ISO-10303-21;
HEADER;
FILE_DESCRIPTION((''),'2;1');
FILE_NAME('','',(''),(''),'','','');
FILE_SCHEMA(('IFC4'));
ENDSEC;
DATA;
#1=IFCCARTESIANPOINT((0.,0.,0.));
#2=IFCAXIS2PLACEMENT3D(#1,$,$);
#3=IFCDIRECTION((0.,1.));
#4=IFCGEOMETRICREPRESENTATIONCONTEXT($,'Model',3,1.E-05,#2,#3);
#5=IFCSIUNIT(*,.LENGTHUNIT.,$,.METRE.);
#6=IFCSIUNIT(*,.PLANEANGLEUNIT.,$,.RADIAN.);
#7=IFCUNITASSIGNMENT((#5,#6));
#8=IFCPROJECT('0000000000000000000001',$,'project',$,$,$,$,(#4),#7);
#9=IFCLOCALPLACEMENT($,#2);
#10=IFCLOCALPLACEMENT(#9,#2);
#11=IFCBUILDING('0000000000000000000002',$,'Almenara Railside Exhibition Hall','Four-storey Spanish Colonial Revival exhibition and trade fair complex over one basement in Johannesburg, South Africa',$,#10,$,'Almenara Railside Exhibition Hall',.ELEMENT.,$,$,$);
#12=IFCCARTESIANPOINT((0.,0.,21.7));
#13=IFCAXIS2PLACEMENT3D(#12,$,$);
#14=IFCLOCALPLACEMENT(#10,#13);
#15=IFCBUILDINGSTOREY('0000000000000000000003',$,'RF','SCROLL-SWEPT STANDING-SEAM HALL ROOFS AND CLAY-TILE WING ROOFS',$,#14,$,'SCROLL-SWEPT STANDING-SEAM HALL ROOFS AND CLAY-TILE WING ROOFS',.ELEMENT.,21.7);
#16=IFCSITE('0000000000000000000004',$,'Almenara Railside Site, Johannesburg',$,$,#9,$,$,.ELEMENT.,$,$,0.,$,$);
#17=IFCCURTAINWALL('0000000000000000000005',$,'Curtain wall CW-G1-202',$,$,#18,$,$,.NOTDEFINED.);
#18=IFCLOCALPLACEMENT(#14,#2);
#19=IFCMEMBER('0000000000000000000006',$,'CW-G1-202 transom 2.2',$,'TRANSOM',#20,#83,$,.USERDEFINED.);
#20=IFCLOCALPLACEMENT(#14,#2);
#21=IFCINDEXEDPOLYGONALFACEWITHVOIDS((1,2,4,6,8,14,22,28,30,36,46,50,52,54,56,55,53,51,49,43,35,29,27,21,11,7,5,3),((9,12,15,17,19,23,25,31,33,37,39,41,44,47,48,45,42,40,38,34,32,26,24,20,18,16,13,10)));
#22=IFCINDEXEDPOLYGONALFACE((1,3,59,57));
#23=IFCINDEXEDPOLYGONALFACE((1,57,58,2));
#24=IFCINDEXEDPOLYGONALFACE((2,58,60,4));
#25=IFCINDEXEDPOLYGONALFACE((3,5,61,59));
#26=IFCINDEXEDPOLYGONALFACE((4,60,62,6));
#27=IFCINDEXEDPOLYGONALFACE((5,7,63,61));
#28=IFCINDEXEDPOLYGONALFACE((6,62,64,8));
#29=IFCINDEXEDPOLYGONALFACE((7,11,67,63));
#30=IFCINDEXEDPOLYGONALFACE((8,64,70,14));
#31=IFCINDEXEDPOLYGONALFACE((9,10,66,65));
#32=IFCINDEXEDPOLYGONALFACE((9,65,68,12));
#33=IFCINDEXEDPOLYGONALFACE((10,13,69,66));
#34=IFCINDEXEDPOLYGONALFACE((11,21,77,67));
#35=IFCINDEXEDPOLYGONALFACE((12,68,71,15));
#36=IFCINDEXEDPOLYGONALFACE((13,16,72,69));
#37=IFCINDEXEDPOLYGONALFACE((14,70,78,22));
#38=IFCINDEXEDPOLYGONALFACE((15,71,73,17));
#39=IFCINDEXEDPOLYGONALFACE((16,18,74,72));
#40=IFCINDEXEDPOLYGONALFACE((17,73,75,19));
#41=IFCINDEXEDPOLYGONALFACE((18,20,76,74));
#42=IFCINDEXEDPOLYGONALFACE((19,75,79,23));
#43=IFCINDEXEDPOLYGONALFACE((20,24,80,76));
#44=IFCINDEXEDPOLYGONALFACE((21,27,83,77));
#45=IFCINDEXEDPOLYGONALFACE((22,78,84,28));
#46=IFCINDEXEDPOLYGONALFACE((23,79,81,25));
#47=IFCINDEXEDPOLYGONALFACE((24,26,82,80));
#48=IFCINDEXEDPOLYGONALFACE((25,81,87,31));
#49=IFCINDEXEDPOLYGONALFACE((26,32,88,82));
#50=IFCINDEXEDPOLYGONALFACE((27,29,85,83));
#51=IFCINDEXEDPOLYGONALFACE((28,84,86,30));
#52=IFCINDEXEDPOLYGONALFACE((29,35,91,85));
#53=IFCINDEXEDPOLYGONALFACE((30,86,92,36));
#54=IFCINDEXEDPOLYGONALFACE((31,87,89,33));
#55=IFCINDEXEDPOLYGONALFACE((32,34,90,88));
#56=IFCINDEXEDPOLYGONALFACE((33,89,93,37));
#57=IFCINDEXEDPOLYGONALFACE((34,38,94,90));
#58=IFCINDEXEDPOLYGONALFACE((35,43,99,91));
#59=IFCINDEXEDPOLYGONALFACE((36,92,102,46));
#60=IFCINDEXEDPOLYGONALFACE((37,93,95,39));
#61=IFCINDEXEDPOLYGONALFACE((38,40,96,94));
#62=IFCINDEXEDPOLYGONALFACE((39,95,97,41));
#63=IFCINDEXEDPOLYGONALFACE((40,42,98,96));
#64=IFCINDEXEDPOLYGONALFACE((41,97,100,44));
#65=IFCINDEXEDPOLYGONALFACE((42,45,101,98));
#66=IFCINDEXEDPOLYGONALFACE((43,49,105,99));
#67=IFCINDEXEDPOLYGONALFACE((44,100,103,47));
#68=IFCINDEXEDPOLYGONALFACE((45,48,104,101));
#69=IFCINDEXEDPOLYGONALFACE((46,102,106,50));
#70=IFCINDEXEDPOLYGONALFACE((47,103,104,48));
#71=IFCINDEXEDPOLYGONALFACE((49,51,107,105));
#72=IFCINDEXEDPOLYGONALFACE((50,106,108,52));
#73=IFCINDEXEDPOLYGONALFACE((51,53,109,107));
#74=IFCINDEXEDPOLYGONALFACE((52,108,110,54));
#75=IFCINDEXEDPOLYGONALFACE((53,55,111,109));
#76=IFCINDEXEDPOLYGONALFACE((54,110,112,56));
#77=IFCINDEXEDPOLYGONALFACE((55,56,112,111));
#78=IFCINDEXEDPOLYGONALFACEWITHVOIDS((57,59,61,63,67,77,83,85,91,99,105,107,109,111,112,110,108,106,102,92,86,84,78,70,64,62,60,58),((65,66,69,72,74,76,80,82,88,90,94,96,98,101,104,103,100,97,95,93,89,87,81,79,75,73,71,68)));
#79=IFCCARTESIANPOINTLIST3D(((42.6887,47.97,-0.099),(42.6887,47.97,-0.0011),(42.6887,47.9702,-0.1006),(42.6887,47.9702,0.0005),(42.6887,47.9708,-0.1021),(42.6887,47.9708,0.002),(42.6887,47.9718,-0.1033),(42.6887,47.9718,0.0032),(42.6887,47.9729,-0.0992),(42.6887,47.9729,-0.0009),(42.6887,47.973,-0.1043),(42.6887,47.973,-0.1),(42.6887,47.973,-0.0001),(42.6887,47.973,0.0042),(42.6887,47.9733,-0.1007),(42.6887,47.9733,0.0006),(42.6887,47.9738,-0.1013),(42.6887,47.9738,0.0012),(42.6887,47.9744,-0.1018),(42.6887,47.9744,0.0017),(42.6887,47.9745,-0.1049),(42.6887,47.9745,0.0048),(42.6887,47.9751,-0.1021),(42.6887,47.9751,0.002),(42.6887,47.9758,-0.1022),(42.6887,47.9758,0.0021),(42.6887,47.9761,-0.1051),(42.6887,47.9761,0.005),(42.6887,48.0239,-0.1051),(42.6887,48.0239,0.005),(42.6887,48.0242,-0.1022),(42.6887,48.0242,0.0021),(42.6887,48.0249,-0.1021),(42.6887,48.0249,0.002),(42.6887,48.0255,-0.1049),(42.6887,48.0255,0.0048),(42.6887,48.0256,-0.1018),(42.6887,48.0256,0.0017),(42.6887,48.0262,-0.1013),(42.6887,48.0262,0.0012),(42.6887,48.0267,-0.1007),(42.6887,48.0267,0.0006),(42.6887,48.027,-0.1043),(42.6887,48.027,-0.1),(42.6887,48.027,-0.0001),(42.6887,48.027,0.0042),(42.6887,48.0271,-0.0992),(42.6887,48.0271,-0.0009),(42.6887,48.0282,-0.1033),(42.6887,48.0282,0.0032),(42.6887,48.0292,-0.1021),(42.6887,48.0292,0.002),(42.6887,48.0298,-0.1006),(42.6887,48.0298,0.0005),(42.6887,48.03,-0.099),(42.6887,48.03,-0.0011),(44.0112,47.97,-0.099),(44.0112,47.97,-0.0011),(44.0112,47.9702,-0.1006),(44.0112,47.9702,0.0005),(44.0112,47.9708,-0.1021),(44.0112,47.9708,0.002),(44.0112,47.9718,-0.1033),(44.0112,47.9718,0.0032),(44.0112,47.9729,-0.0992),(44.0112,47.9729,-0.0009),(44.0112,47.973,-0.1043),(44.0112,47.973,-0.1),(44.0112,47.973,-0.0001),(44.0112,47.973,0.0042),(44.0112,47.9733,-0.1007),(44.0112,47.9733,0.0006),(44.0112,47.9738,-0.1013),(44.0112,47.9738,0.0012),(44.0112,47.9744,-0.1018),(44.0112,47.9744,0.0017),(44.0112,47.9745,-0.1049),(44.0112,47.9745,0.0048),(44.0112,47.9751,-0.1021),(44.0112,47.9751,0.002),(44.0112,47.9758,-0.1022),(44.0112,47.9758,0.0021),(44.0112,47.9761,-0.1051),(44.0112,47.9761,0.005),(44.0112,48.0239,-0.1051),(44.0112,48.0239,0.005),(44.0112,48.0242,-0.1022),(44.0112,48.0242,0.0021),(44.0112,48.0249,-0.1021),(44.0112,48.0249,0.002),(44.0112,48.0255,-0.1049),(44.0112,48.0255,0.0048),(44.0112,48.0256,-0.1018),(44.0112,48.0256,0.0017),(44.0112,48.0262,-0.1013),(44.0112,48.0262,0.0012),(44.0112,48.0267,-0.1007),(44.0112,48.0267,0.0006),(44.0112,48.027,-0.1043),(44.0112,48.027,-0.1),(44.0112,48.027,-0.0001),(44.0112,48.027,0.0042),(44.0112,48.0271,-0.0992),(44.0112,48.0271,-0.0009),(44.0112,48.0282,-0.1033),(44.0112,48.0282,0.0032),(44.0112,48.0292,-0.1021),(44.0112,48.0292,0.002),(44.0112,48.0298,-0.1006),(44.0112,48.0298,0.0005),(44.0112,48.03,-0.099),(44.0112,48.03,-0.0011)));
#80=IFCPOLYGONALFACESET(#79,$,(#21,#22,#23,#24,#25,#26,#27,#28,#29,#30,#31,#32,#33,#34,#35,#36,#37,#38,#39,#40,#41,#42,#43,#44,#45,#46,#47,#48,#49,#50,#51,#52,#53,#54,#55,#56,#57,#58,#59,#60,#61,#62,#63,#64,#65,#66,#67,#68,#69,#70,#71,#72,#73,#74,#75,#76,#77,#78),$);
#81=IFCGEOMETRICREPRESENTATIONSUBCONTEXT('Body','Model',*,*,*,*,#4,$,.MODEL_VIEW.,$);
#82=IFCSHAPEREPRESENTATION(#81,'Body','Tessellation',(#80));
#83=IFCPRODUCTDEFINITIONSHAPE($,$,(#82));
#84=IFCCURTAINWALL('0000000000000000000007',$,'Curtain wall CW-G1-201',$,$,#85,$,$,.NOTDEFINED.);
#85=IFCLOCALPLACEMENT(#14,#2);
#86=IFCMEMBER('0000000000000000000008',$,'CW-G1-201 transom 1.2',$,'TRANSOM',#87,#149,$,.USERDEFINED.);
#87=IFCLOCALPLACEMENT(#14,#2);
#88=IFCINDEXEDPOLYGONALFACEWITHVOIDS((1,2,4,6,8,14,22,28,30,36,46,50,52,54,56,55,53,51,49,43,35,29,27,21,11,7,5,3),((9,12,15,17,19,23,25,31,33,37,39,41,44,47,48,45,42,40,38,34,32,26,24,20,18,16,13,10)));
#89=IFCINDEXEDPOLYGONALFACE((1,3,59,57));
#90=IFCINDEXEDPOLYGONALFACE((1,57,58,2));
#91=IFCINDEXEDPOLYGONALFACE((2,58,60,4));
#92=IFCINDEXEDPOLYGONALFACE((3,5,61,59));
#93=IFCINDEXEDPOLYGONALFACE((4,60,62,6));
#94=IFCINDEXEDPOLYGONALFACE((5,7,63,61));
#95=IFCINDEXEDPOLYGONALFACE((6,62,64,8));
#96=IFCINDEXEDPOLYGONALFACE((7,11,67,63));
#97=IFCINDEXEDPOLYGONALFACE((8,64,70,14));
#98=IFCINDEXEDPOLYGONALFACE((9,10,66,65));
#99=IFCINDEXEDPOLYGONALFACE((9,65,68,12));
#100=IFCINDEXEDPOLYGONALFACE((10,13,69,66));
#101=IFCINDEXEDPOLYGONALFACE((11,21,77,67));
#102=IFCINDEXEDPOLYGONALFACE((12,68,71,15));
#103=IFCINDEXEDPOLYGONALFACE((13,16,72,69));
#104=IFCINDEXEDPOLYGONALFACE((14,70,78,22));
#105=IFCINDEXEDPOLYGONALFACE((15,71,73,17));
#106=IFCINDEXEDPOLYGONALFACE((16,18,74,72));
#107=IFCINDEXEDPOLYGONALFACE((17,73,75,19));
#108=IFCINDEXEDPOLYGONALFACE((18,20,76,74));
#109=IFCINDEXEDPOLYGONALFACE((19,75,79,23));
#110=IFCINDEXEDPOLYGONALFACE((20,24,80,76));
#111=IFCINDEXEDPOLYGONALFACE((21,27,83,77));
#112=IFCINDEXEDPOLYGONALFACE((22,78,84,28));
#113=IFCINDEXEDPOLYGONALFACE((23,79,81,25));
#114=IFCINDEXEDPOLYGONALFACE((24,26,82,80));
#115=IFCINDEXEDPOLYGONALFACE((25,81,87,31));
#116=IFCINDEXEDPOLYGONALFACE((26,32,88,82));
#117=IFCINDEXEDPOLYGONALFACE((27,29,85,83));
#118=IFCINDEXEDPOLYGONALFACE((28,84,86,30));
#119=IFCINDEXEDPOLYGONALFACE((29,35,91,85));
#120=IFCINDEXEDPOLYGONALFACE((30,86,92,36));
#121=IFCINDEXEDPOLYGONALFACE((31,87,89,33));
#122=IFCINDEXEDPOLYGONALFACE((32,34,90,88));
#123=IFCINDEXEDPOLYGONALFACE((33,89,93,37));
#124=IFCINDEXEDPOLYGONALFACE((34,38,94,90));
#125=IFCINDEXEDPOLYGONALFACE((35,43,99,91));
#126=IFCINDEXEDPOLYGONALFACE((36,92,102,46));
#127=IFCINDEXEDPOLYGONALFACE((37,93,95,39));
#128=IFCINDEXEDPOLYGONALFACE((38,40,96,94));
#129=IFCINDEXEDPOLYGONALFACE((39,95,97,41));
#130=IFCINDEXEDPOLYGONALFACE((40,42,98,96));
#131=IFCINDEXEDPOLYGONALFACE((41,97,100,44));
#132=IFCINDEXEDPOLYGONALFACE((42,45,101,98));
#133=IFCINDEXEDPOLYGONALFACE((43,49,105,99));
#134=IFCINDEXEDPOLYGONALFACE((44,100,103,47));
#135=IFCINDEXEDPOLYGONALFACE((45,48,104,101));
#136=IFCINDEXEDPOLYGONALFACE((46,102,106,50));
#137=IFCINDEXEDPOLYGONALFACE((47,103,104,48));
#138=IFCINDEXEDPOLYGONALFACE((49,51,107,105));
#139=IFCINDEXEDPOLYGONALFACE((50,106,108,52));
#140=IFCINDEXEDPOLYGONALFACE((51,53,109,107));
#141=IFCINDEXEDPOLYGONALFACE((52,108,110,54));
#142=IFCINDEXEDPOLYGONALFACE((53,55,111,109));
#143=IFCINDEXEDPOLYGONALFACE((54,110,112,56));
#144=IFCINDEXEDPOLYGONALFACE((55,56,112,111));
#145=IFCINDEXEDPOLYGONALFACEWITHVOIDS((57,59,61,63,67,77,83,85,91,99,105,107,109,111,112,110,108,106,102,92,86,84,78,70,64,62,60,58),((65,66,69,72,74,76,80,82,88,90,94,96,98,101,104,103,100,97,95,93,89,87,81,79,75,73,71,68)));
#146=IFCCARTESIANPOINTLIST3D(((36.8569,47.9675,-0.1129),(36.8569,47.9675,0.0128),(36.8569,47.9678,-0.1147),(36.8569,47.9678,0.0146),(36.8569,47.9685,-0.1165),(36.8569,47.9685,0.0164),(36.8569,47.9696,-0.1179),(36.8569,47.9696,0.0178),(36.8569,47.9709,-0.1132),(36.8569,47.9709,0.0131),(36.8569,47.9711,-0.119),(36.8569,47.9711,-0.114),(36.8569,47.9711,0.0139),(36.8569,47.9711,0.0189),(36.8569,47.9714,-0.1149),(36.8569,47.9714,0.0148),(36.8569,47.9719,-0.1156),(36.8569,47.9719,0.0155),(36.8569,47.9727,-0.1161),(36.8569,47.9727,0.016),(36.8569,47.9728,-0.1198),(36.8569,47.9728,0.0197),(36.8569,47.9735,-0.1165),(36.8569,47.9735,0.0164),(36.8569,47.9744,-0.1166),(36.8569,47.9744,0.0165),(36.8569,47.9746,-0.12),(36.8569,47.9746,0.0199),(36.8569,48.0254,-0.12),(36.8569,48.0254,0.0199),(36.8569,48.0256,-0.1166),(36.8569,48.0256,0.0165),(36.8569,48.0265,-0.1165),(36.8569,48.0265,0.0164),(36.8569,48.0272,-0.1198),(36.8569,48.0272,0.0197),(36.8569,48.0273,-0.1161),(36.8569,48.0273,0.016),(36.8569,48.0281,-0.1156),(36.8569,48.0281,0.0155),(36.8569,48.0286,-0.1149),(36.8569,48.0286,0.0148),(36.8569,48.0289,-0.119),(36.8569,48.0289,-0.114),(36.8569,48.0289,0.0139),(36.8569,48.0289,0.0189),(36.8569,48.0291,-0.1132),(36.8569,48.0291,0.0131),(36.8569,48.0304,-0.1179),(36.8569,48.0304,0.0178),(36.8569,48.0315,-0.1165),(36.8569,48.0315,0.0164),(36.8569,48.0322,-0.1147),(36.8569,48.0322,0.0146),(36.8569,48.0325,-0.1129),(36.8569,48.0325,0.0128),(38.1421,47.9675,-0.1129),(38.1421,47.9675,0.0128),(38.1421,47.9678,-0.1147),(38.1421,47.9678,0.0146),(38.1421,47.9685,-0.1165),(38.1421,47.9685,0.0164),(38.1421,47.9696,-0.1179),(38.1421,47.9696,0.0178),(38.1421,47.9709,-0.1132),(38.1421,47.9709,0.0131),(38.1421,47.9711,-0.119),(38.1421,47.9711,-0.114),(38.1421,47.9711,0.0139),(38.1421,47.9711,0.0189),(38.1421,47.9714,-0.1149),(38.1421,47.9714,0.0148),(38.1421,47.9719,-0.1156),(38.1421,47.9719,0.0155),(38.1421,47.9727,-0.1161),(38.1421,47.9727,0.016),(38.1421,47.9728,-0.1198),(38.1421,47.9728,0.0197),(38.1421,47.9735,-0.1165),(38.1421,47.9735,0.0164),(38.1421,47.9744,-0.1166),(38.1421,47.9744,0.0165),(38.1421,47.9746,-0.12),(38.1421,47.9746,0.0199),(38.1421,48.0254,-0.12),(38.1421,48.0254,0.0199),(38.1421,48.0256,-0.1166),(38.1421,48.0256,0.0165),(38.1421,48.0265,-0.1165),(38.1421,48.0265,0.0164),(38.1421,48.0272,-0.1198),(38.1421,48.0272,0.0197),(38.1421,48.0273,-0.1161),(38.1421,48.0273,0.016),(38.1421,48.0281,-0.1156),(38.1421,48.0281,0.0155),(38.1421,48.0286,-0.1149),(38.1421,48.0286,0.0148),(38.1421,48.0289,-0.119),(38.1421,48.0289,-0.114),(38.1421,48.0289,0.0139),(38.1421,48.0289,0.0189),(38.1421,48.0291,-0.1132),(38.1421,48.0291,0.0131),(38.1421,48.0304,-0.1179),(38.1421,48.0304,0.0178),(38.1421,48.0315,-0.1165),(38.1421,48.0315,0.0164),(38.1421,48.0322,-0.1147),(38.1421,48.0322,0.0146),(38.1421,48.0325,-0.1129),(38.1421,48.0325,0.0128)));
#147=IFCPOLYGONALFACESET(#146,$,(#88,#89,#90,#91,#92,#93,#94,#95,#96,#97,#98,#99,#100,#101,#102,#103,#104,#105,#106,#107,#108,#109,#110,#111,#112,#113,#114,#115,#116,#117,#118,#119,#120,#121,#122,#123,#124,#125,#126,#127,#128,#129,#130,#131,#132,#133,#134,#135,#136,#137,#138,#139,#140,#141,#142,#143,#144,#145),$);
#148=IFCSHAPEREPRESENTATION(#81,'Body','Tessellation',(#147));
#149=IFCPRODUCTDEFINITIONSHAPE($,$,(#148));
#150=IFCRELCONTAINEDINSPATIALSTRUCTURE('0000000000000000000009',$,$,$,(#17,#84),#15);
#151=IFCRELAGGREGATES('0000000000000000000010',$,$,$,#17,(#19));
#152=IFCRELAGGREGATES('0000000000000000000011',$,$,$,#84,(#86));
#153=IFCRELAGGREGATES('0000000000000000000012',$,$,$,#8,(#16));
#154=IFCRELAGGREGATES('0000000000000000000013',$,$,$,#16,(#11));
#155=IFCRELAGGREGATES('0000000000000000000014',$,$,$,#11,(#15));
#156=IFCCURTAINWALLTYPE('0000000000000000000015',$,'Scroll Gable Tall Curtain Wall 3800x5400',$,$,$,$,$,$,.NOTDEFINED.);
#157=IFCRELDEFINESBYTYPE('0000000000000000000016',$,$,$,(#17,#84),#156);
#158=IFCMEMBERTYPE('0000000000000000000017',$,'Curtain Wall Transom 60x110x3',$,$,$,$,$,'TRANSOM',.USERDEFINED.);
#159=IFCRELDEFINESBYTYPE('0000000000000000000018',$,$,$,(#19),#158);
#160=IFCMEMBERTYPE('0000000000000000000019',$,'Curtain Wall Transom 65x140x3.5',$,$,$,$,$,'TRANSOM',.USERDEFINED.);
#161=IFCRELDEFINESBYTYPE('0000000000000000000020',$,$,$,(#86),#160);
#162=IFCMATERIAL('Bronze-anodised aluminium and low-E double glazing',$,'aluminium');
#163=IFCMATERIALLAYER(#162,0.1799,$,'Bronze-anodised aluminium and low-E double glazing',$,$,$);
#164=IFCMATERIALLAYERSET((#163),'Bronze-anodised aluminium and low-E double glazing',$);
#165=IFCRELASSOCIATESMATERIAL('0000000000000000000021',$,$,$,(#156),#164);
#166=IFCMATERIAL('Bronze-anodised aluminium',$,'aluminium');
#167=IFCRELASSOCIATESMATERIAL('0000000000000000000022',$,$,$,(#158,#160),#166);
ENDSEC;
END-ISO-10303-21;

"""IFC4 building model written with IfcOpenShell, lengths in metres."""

from ifc_helpers import new_model, si_unit, direction, frame, origin, origin_2d, place, context, subcontext, project, spatial, hollow_rectangle, extrude, material, layer, layer_set, material_profile, profile_set, type_object, element, aggregate, save


model = new_model("IFC4")

# Units and contexts
model_context = context("Model", 3, precision=1e-05, world=origin(), true_north=direction((0.0, 1.0)))
body_context = subcontext(model_context, "Body", "Model", "MODEL_VIEW")
ifc_project = project(units=[si_unit("LENGTHUNIT", "METRE"), si_unit("PLANEANGLEUNIT", "RADIAN")], contexts=[model_context])

# Site, building, storey
site_placement = place(None, origin())
site = spatial("IfcSite", under=ifc_project, at=site_placement, Name="Almenara Railside Site, Johannesburg", CompositionType="ELEMENT", RefElevation=0.0)
building_placement = place(site_placement, origin())
building = spatial("IfcBuilding", under=site, at=building_placement, Name="Almenara Railside Exhibition Hall", Description="Four-storey Spanish Colonial Revival exhibition and trade fair complex over one basement in Johannesburg, South Africa", LongName="Almenara Railside Exhibition Hall", CompositionType="ELEMENT")
storey_placement = place(building_placement, frame((0.0, 0.0, 21.7)))
storey = spatial("IfcBuildingStorey", under=building, at=storey_placement, Name="RF", Description="SCROLL-SWEPT STANDING-SEAM HALL ROOFS AND CLAY-TILE WING ROOFS", LongName="SCROLL-SWEPT STANDING-SEAM HALL ROOFS AND CLAY-TILE WING ROOFS", CompositionType="ELEMENT", Elevation=21.7)

# Curtain walls, members
ifc_material_1 = material(Name="Bronze-anodised aluminium and low-E double glazing", Category="aluminium")
ifc_layer_1 = layer(ifc_material_1, 0.1799, Name="Bronze-anodised aluminium and low-E double glazing")
ifc_layer_set_1 = layer_set([ifc_layer_1], Name="Bronze-anodised aluminium and low-E double glazing")
curtain_wall_type = type_object("IfcCurtainWallType", Name="Scroll Gable Tall Curtain Wall 3800x5400", PredefinedType="NOTDEFINED", material=ifc_layer_set_1)
curtain_wall_1_placement = place(storey_placement, origin())
curtain_wall_1 = element("IfcCurtainWall", 1, at=curtain_wall_1_placement, inside=storey, type_object=curtain_wall_type, Name="Curtain wall CW-G1-202", PredefinedType="NOTDEFINED")
ifc_material_2 = material(Name="Bronze-anodised aluminium", Category="aluminium")
ifc_material_profile_1 = material_profile(ifc_material_2, hollow_rectangle(XDim=0.0601, YDim=0.1101, WallThickness=0.0029, InnerFilletRadius=0.0029, OuterFilletRadius=0.0061, at=origin_2d()), Name="ALU-TRN 60x110x3")
ifc_profile_set_1 = profile_set([ifc_material_profile_1], Name="Bronze-anodised aluminium")
member_type_1 = type_object("IfcMemberType", Name="Curtain Wall Transom 60x110x3", ElementType="TRANSOM", PredefinedType="USERDEFINED", material=ifc_profile_set_1)
member_1_placement = place(storey_placement, frame((42.6887, 48.0, -0.05), z_axis=(1.0, 0.0, 0.0), x_axis=(0.0, 1.0, 0.0)))
member_1 = element("IfcMember", 2, at=member_1_placement, type_object=member_type_1, Name="CW-G1-202 transom 2.2", ObjectType="TRANSOM", PredefinedType="USERDEFINED", context=body_context, shape_type="SweptSolid", body=[
    extrude(hollow_rectangle(XDim=0.0601, YDim=0.1101, WallThickness=0.0029, InnerFilletRadius=0.0029, OuterFilletRadius=0.0061, at=origin_2d()), origin(), (0.0, 0.0, 1.0), 1.3225),
])
curtain_wall_2_placement = place(storey_placement, origin())
curtain_wall_2 = element("IfcCurtainWall", 3, at=curtain_wall_2_placement, inside=storey, type_object=curtain_wall_type, Name="Curtain wall CW-G1-201", PredefinedType="NOTDEFINED")
ifc_material_profile_2 = material_profile(ifc_material_2, hollow_rectangle(XDim=0.0649, YDim=0.1399, WallThickness=0.0034, InnerFilletRadius=0.0034, OuterFilletRadius=0.0071, at=origin_2d()), Name="ALU-TRN 65x140x3.5")
ifc_profile_set_2 = profile_set([ifc_material_profile_2], Name="Bronze-anodised aluminium")
member_type_2 = type_object("IfcMemberType", Name="Curtain Wall Transom 65x140x3.5", ElementType="TRANSOM", PredefinedType="USERDEFINED", material=ifc_profile_set_2)
member_2_placement = place(storey_placement, frame((36.8569, 48.0, -0.05), z_axis=(1.0, 0.0, 0.0), x_axis=(0.0, 1.0, 0.0)))
member_2 = element("IfcMember", 4, at=member_2_placement, type_object=member_type_2, Name="CW-G1-201 transom 1.2", ObjectType="TRANSOM", PredefinedType="USERDEFINED", context=body_context, shape_type="SweptSolid", body=[
    extrude(hollow_rectangle(XDim=0.0649, YDim=0.1399, WallThickness=0.0034, InnerFilletRadius=0.0034, OuterFilletRadius=0.0071, at=origin_2d()), origin(), (0.0, 0.0, 1.0), 1.2852),
])

aggregate(curtain_wall_1, [member_1])
aggregate(curtain_wall_2, [member_2])

save(model, "model.ifc")
